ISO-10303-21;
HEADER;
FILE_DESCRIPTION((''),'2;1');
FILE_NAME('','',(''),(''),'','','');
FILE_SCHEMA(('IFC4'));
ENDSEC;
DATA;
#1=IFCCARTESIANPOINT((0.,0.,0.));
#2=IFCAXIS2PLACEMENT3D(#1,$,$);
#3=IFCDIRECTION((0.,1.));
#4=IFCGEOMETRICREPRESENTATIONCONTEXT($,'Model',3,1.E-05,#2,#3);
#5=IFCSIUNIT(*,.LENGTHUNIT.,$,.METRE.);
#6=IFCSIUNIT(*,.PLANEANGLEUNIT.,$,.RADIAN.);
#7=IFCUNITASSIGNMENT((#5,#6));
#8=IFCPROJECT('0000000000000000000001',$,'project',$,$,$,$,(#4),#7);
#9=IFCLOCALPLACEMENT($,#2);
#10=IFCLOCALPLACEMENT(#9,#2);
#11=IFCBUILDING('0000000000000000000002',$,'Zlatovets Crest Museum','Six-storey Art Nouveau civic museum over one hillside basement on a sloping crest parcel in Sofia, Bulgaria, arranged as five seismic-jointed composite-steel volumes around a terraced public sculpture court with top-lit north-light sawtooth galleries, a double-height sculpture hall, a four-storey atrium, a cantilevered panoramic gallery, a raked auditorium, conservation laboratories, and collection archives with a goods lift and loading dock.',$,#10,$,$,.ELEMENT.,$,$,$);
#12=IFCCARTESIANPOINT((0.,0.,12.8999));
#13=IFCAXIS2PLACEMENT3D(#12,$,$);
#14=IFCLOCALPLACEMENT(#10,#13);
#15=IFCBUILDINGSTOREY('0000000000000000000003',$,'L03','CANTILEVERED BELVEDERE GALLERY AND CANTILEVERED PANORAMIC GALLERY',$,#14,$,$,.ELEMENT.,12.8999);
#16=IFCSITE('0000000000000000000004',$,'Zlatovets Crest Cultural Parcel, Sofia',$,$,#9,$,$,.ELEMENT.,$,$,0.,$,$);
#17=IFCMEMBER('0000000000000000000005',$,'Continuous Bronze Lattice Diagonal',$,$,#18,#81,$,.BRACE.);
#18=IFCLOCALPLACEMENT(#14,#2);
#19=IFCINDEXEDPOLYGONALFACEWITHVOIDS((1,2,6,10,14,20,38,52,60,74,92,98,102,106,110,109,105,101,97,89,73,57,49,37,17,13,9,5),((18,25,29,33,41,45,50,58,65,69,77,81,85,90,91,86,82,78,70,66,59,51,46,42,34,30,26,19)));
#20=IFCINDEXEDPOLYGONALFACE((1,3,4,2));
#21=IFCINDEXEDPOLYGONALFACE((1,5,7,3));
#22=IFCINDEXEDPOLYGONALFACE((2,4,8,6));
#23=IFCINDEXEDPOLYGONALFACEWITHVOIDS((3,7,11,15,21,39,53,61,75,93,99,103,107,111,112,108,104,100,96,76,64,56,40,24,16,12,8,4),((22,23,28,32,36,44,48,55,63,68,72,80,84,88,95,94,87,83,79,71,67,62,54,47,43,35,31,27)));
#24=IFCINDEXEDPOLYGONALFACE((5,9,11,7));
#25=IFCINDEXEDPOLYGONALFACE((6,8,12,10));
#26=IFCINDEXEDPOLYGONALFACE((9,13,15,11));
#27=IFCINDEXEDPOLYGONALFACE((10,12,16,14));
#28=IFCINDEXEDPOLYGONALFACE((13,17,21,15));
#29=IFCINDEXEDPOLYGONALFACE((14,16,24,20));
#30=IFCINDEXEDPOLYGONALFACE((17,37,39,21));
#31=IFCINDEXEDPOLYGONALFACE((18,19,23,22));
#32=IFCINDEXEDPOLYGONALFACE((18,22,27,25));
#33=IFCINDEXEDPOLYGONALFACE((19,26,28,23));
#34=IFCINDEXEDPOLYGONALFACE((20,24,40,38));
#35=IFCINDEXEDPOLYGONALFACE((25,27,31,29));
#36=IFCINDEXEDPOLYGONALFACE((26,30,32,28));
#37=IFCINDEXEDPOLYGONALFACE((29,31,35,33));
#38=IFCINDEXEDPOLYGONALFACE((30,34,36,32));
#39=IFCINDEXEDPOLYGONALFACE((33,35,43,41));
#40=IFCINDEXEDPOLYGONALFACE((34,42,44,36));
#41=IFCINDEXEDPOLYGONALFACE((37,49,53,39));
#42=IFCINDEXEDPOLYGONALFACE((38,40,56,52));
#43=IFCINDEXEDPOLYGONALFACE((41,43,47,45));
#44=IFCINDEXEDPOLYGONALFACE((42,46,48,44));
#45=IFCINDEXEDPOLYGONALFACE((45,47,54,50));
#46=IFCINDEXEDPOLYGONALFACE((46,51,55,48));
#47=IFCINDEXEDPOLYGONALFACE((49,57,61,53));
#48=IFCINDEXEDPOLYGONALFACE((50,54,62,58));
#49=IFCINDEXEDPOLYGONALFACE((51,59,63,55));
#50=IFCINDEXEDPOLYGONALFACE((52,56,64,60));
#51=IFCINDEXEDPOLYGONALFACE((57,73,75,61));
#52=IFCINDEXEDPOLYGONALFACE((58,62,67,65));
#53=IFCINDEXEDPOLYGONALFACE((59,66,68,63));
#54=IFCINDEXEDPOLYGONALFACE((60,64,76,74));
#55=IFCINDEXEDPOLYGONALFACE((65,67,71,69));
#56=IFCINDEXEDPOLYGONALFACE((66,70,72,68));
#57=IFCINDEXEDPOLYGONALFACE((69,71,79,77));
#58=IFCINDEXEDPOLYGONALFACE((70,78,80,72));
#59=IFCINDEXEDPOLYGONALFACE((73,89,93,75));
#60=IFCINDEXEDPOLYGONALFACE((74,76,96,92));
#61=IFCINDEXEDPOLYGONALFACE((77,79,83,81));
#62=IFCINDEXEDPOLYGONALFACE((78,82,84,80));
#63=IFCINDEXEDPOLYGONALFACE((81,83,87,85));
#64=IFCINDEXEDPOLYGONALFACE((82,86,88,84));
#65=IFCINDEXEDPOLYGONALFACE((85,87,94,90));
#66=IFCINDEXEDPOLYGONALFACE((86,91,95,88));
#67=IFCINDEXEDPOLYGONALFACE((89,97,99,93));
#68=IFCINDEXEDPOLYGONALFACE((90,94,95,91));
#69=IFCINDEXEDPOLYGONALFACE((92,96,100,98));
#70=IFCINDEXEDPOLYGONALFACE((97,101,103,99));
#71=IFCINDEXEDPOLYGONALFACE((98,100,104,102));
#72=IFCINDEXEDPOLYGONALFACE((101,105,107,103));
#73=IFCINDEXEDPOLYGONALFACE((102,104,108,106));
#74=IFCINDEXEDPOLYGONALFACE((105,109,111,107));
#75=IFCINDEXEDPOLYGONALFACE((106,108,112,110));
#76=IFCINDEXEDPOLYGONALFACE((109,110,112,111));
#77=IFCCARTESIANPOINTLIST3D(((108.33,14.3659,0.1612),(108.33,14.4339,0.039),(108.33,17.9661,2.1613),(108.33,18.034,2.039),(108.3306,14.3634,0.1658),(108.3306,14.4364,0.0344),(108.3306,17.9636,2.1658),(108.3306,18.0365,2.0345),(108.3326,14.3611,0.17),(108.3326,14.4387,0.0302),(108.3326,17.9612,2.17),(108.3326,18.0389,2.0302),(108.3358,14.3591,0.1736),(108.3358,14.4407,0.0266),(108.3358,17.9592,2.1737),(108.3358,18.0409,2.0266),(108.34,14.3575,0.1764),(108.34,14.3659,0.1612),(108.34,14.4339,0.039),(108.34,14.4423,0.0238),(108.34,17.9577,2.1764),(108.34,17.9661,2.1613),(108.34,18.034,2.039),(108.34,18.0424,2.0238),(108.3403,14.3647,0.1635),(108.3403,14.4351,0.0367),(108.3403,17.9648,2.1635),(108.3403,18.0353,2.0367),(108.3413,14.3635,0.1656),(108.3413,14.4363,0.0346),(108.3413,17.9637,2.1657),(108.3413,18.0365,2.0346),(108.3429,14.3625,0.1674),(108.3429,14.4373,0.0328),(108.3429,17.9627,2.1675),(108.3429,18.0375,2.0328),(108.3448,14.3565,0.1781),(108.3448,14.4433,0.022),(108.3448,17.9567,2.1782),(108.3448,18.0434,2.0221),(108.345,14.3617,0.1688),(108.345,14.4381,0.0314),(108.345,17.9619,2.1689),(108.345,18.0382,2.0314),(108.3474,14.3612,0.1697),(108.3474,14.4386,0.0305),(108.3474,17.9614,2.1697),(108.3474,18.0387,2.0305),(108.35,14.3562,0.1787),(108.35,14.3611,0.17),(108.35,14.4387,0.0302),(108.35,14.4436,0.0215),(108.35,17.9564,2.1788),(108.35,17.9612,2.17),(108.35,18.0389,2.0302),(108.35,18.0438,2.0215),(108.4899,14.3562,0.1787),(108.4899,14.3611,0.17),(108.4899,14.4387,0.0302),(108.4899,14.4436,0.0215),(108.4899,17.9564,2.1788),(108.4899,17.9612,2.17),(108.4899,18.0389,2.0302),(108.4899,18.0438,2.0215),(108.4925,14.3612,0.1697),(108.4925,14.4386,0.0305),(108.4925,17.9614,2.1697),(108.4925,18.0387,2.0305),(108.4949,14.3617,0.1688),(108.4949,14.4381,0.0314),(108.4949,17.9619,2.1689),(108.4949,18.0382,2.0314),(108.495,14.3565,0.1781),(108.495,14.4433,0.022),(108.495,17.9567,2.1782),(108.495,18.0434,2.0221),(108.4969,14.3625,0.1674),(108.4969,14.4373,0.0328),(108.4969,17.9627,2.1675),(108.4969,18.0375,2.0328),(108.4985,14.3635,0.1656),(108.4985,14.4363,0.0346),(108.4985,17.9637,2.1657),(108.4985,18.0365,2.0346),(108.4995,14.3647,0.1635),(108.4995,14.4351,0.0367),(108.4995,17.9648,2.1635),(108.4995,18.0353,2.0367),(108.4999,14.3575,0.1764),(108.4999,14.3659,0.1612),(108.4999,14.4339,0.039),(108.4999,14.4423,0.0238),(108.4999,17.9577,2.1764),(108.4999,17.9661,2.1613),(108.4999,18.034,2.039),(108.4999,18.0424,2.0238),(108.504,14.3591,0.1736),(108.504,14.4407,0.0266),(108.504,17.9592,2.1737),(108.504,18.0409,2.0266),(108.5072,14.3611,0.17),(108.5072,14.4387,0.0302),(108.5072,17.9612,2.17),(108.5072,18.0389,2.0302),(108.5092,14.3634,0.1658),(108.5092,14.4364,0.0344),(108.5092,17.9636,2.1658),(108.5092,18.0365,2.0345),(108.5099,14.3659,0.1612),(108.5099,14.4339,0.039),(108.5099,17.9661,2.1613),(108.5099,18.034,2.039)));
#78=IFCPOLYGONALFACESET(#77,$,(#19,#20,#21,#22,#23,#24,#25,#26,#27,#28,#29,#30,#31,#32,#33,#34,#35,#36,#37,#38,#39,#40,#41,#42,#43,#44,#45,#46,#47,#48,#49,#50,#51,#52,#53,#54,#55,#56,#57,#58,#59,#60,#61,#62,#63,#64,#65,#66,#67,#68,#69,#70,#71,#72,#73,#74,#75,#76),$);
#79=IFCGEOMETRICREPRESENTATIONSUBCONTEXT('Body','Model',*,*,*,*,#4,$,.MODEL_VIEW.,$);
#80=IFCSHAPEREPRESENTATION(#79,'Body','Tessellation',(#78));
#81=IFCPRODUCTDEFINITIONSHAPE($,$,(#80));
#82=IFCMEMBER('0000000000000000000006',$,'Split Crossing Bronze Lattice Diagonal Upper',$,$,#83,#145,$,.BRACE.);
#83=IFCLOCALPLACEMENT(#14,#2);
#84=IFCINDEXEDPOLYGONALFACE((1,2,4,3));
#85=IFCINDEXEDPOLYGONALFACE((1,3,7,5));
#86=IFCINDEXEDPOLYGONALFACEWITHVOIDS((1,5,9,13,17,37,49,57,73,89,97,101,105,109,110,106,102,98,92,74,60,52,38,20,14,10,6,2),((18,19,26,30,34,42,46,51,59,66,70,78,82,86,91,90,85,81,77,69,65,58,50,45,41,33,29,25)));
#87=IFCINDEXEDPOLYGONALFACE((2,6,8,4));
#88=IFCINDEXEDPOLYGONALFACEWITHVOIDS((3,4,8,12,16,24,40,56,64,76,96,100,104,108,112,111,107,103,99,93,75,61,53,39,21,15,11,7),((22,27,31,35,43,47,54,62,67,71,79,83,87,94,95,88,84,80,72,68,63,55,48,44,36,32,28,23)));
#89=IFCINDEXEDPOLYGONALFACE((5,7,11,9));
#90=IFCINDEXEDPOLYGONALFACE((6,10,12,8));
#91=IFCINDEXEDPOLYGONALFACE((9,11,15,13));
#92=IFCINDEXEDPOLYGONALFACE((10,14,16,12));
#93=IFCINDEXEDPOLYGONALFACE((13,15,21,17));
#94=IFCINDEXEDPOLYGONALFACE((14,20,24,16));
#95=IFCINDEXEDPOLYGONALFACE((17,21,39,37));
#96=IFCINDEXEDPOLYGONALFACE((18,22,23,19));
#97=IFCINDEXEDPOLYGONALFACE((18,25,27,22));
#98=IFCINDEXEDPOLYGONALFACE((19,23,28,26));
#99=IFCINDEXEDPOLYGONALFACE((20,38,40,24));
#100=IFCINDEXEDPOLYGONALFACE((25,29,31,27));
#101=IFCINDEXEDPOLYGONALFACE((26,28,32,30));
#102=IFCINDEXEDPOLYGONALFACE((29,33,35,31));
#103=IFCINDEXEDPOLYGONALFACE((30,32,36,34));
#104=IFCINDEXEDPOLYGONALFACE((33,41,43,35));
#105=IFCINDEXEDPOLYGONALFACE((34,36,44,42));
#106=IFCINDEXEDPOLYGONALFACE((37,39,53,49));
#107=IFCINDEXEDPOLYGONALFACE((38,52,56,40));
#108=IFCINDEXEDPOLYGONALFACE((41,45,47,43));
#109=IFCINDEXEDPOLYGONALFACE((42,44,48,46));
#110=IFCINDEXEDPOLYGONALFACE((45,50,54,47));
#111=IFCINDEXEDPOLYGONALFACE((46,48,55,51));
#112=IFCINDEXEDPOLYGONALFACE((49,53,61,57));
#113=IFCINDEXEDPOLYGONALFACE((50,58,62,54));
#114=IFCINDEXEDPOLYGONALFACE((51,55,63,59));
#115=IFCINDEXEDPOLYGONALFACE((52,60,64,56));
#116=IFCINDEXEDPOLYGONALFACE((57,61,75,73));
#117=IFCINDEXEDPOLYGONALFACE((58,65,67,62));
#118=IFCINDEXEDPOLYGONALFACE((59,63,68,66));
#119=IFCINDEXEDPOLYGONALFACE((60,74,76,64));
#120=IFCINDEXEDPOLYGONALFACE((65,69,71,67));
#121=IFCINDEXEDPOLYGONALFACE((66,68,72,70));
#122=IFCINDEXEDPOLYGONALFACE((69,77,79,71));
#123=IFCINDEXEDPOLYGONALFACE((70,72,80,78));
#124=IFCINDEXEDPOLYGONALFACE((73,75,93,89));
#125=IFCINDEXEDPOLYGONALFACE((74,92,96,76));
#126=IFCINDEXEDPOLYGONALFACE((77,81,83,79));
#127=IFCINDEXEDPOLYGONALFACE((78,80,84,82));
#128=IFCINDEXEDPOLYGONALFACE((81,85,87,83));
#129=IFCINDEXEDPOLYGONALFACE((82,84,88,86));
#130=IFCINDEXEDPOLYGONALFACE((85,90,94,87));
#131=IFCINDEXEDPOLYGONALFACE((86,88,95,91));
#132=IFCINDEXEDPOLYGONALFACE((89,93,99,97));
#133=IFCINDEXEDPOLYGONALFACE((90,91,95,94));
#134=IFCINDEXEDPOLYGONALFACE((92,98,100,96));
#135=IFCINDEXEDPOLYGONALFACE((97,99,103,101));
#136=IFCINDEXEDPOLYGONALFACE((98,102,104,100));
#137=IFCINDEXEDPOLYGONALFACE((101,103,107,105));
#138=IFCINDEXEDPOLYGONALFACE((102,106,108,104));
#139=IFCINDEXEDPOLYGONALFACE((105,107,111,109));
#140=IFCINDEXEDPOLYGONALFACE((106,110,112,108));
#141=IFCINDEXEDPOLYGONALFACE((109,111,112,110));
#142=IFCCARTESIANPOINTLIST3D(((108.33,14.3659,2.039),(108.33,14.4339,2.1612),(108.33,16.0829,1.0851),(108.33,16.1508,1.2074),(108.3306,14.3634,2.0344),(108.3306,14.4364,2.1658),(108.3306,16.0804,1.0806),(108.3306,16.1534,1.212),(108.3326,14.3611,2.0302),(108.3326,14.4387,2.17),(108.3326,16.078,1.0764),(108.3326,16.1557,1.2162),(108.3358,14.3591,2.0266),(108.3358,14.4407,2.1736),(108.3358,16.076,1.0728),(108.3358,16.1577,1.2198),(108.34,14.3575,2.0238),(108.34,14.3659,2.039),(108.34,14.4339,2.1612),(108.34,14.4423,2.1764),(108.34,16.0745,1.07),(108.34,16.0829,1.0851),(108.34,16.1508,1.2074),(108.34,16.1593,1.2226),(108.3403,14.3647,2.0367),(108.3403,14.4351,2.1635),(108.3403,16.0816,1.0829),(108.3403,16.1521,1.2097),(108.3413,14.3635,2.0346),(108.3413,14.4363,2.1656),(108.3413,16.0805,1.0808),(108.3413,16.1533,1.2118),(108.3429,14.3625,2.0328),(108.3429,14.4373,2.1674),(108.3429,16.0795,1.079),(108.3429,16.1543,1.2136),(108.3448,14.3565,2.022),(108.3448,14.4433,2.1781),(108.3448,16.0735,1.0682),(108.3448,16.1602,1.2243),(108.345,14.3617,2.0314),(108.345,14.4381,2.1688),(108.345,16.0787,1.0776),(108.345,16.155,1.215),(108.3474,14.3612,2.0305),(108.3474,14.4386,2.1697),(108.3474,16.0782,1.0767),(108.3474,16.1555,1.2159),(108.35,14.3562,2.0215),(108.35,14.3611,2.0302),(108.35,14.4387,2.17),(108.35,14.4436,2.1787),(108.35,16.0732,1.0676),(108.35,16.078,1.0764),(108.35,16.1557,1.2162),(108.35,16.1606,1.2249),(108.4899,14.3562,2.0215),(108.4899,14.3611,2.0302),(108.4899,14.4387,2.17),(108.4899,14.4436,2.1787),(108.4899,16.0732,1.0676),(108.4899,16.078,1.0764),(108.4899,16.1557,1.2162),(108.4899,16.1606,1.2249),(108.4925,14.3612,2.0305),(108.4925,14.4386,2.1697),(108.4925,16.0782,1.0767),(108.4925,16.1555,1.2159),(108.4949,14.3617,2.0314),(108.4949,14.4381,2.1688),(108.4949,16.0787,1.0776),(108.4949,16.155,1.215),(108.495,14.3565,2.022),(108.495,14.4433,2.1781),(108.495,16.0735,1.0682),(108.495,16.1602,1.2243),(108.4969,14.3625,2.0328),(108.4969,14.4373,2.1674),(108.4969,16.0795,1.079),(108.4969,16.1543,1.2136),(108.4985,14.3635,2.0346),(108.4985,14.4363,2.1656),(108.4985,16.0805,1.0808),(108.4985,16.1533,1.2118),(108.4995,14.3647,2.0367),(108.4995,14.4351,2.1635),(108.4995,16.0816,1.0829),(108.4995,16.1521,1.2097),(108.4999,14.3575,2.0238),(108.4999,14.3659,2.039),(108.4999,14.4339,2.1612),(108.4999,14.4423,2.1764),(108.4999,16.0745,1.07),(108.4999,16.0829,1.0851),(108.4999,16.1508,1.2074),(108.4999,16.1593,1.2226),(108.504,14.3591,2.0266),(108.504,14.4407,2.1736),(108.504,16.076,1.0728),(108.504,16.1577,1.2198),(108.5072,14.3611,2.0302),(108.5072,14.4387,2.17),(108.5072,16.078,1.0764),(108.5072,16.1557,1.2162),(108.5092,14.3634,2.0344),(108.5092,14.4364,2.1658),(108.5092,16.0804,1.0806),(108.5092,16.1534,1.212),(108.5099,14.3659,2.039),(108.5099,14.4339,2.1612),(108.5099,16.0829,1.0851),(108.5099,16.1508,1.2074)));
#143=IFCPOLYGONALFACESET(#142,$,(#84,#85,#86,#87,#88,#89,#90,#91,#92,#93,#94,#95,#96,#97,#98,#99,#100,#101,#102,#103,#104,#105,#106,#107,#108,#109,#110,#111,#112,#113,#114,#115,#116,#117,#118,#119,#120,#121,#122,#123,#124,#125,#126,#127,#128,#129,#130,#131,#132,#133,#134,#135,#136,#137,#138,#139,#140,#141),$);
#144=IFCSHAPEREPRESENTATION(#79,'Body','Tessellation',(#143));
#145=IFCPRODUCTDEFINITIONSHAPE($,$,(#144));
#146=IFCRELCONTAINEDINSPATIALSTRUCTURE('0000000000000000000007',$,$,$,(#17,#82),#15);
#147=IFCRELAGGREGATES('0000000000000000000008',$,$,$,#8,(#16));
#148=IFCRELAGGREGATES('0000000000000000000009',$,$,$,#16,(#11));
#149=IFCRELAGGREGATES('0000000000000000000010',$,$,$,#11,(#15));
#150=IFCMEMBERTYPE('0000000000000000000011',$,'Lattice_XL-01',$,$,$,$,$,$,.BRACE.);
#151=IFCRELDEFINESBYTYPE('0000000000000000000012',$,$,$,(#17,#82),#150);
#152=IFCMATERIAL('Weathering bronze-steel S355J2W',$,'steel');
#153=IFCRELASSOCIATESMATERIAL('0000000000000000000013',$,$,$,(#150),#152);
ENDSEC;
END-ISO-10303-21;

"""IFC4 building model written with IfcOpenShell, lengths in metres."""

from ifc_helpers import new_model, si_unit, direction, frame, origin, origin_2d, place, context, subcontext, project, spatial, hollow_rectangle, extrude, material, material_profile, profile_set, type_object, element, save


model = new_model("IFC4")

# Units and contexts
model_context = context("Model", 3, precision=1e-05, world=origin(), true_north=direction((0.0, 1.0)))
body_context = subcontext(model_context, "Body", "Model", "MODEL_VIEW")
ifc_project = project(units=[si_unit("LENGTHUNIT", "METRE"), si_unit("PLANEANGLEUNIT", "RADIAN")], contexts=[model_context])

# Site, building, storey
site_placement = place(None, origin())
site = spatial("IfcSite", under=ifc_project, at=site_placement, Name="Zlatovets Crest Cultural Parcel, Sofia", CompositionType="ELEMENT", RefElevation=0.0)
building_placement = place(site_placement, origin())
building = spatial("IfcBuilding", under=site, at=building_placement, Name="Zlatovets Crest Museum", Description="Six-storey Art Nouveau civic museum over one hillside basement on a sloping crest parcel in Sofia, Bulgaria, arranged as five seismic-jointed composite-steel volumes around a terraced public sculpture court with top-lit north-light sawtooth galleries, a double-height sculpture hall, a four-storey atrium, a cantilevered panoramic gallery, a raked auditorium, conservation laboratories, and collection archives with a goods lift and loading dock.", CompositionType="ELEMENT")
storey_placement = place(building_placement, frame((0.0, 0.0, 12.8999)))
storey = spatial("IfcBuildingStorey", under=building, at=storey_placement, Name="L03", Description="CANTILEVERED BELVEDERE GALLERY AND CANTILEVERED PANORAMIC GALLERY", CompositionType="ELEMENT", Elevation=12.8999)

# Members
ifc_material_1 = material(Name="Weathering bronze-steel S355J2W", Category="steel")
ifc_material_profile_1 = material_profile(ifc_material_1, hollow_rectangle(XDim=0.1799, YDim=0.1799, WallThickness=0.01, InnerFilletRadius=0.01, OuterFilletRadius=0.02, at=origin_2d()), Name="SHS 180x180x10.0")
ifc_profile_set_1 = profile_set([ifc_material_profile_1], Name="Weathering bronze-steel S355J2W")
member_type_1 = type_object("IfcMemberType", Name="Lattice_XL-01", PredefinedType="BRACE", material=ifc_profile_set_1)
member_1_placement = place(storey_placement, frame((108.4199, 14.3999, 0.1001), z_axis=(0.0, 0.874163, 0.485633), x_axis=(-1.0, 0.0, 0.0)))
element("IfcMember", 1, at=member_1_placement, inside=storey, type_object=member_type_1, Name="Continuous Bronze Lattice Diagonal", PredefinedType="BRACE", context=body_context, shape_type="SweptSolid", body=[
    extrude(hollow_rectangle(XDim=0.1799, YDim=0.1799, WallThickness=0.01, InnerFilletRadius=0.01, OuterFilletRadius=0.02, at=origin_2d()), origin(), (0.0, 0.0, 1.0), 4.1184),
])
for number, where, z_axis, x_axis, name in (
    (2, (108.4199, 14.3999, 2.1001), (0.0, 0.874169, -0.485622), (-1.0, 0.0, 0.0), "Split Crossing Bronze Lattice Diagonal Upper"),
):
    element("IfcMember", number, at=place(storey_placement, frame(where, z_axis=z_axis, x_axis=x_axis)), inside=storey, type_object=member_type_1, Name=name, PredefinedType="BRACE", context=body_context, shape_type="SweptSolid", body=[
        extrude(hollow_rectangle(XDim=0.1799, YDim=0.1799, WallThickness=0.01, InnerFilletRadius=0.01, OuterFilletRadius=0.02, at=origin_2d()), origin(), (0.0, 0.0, 1.0), 1.9641),
    ])

save(model, "model.ifc")
